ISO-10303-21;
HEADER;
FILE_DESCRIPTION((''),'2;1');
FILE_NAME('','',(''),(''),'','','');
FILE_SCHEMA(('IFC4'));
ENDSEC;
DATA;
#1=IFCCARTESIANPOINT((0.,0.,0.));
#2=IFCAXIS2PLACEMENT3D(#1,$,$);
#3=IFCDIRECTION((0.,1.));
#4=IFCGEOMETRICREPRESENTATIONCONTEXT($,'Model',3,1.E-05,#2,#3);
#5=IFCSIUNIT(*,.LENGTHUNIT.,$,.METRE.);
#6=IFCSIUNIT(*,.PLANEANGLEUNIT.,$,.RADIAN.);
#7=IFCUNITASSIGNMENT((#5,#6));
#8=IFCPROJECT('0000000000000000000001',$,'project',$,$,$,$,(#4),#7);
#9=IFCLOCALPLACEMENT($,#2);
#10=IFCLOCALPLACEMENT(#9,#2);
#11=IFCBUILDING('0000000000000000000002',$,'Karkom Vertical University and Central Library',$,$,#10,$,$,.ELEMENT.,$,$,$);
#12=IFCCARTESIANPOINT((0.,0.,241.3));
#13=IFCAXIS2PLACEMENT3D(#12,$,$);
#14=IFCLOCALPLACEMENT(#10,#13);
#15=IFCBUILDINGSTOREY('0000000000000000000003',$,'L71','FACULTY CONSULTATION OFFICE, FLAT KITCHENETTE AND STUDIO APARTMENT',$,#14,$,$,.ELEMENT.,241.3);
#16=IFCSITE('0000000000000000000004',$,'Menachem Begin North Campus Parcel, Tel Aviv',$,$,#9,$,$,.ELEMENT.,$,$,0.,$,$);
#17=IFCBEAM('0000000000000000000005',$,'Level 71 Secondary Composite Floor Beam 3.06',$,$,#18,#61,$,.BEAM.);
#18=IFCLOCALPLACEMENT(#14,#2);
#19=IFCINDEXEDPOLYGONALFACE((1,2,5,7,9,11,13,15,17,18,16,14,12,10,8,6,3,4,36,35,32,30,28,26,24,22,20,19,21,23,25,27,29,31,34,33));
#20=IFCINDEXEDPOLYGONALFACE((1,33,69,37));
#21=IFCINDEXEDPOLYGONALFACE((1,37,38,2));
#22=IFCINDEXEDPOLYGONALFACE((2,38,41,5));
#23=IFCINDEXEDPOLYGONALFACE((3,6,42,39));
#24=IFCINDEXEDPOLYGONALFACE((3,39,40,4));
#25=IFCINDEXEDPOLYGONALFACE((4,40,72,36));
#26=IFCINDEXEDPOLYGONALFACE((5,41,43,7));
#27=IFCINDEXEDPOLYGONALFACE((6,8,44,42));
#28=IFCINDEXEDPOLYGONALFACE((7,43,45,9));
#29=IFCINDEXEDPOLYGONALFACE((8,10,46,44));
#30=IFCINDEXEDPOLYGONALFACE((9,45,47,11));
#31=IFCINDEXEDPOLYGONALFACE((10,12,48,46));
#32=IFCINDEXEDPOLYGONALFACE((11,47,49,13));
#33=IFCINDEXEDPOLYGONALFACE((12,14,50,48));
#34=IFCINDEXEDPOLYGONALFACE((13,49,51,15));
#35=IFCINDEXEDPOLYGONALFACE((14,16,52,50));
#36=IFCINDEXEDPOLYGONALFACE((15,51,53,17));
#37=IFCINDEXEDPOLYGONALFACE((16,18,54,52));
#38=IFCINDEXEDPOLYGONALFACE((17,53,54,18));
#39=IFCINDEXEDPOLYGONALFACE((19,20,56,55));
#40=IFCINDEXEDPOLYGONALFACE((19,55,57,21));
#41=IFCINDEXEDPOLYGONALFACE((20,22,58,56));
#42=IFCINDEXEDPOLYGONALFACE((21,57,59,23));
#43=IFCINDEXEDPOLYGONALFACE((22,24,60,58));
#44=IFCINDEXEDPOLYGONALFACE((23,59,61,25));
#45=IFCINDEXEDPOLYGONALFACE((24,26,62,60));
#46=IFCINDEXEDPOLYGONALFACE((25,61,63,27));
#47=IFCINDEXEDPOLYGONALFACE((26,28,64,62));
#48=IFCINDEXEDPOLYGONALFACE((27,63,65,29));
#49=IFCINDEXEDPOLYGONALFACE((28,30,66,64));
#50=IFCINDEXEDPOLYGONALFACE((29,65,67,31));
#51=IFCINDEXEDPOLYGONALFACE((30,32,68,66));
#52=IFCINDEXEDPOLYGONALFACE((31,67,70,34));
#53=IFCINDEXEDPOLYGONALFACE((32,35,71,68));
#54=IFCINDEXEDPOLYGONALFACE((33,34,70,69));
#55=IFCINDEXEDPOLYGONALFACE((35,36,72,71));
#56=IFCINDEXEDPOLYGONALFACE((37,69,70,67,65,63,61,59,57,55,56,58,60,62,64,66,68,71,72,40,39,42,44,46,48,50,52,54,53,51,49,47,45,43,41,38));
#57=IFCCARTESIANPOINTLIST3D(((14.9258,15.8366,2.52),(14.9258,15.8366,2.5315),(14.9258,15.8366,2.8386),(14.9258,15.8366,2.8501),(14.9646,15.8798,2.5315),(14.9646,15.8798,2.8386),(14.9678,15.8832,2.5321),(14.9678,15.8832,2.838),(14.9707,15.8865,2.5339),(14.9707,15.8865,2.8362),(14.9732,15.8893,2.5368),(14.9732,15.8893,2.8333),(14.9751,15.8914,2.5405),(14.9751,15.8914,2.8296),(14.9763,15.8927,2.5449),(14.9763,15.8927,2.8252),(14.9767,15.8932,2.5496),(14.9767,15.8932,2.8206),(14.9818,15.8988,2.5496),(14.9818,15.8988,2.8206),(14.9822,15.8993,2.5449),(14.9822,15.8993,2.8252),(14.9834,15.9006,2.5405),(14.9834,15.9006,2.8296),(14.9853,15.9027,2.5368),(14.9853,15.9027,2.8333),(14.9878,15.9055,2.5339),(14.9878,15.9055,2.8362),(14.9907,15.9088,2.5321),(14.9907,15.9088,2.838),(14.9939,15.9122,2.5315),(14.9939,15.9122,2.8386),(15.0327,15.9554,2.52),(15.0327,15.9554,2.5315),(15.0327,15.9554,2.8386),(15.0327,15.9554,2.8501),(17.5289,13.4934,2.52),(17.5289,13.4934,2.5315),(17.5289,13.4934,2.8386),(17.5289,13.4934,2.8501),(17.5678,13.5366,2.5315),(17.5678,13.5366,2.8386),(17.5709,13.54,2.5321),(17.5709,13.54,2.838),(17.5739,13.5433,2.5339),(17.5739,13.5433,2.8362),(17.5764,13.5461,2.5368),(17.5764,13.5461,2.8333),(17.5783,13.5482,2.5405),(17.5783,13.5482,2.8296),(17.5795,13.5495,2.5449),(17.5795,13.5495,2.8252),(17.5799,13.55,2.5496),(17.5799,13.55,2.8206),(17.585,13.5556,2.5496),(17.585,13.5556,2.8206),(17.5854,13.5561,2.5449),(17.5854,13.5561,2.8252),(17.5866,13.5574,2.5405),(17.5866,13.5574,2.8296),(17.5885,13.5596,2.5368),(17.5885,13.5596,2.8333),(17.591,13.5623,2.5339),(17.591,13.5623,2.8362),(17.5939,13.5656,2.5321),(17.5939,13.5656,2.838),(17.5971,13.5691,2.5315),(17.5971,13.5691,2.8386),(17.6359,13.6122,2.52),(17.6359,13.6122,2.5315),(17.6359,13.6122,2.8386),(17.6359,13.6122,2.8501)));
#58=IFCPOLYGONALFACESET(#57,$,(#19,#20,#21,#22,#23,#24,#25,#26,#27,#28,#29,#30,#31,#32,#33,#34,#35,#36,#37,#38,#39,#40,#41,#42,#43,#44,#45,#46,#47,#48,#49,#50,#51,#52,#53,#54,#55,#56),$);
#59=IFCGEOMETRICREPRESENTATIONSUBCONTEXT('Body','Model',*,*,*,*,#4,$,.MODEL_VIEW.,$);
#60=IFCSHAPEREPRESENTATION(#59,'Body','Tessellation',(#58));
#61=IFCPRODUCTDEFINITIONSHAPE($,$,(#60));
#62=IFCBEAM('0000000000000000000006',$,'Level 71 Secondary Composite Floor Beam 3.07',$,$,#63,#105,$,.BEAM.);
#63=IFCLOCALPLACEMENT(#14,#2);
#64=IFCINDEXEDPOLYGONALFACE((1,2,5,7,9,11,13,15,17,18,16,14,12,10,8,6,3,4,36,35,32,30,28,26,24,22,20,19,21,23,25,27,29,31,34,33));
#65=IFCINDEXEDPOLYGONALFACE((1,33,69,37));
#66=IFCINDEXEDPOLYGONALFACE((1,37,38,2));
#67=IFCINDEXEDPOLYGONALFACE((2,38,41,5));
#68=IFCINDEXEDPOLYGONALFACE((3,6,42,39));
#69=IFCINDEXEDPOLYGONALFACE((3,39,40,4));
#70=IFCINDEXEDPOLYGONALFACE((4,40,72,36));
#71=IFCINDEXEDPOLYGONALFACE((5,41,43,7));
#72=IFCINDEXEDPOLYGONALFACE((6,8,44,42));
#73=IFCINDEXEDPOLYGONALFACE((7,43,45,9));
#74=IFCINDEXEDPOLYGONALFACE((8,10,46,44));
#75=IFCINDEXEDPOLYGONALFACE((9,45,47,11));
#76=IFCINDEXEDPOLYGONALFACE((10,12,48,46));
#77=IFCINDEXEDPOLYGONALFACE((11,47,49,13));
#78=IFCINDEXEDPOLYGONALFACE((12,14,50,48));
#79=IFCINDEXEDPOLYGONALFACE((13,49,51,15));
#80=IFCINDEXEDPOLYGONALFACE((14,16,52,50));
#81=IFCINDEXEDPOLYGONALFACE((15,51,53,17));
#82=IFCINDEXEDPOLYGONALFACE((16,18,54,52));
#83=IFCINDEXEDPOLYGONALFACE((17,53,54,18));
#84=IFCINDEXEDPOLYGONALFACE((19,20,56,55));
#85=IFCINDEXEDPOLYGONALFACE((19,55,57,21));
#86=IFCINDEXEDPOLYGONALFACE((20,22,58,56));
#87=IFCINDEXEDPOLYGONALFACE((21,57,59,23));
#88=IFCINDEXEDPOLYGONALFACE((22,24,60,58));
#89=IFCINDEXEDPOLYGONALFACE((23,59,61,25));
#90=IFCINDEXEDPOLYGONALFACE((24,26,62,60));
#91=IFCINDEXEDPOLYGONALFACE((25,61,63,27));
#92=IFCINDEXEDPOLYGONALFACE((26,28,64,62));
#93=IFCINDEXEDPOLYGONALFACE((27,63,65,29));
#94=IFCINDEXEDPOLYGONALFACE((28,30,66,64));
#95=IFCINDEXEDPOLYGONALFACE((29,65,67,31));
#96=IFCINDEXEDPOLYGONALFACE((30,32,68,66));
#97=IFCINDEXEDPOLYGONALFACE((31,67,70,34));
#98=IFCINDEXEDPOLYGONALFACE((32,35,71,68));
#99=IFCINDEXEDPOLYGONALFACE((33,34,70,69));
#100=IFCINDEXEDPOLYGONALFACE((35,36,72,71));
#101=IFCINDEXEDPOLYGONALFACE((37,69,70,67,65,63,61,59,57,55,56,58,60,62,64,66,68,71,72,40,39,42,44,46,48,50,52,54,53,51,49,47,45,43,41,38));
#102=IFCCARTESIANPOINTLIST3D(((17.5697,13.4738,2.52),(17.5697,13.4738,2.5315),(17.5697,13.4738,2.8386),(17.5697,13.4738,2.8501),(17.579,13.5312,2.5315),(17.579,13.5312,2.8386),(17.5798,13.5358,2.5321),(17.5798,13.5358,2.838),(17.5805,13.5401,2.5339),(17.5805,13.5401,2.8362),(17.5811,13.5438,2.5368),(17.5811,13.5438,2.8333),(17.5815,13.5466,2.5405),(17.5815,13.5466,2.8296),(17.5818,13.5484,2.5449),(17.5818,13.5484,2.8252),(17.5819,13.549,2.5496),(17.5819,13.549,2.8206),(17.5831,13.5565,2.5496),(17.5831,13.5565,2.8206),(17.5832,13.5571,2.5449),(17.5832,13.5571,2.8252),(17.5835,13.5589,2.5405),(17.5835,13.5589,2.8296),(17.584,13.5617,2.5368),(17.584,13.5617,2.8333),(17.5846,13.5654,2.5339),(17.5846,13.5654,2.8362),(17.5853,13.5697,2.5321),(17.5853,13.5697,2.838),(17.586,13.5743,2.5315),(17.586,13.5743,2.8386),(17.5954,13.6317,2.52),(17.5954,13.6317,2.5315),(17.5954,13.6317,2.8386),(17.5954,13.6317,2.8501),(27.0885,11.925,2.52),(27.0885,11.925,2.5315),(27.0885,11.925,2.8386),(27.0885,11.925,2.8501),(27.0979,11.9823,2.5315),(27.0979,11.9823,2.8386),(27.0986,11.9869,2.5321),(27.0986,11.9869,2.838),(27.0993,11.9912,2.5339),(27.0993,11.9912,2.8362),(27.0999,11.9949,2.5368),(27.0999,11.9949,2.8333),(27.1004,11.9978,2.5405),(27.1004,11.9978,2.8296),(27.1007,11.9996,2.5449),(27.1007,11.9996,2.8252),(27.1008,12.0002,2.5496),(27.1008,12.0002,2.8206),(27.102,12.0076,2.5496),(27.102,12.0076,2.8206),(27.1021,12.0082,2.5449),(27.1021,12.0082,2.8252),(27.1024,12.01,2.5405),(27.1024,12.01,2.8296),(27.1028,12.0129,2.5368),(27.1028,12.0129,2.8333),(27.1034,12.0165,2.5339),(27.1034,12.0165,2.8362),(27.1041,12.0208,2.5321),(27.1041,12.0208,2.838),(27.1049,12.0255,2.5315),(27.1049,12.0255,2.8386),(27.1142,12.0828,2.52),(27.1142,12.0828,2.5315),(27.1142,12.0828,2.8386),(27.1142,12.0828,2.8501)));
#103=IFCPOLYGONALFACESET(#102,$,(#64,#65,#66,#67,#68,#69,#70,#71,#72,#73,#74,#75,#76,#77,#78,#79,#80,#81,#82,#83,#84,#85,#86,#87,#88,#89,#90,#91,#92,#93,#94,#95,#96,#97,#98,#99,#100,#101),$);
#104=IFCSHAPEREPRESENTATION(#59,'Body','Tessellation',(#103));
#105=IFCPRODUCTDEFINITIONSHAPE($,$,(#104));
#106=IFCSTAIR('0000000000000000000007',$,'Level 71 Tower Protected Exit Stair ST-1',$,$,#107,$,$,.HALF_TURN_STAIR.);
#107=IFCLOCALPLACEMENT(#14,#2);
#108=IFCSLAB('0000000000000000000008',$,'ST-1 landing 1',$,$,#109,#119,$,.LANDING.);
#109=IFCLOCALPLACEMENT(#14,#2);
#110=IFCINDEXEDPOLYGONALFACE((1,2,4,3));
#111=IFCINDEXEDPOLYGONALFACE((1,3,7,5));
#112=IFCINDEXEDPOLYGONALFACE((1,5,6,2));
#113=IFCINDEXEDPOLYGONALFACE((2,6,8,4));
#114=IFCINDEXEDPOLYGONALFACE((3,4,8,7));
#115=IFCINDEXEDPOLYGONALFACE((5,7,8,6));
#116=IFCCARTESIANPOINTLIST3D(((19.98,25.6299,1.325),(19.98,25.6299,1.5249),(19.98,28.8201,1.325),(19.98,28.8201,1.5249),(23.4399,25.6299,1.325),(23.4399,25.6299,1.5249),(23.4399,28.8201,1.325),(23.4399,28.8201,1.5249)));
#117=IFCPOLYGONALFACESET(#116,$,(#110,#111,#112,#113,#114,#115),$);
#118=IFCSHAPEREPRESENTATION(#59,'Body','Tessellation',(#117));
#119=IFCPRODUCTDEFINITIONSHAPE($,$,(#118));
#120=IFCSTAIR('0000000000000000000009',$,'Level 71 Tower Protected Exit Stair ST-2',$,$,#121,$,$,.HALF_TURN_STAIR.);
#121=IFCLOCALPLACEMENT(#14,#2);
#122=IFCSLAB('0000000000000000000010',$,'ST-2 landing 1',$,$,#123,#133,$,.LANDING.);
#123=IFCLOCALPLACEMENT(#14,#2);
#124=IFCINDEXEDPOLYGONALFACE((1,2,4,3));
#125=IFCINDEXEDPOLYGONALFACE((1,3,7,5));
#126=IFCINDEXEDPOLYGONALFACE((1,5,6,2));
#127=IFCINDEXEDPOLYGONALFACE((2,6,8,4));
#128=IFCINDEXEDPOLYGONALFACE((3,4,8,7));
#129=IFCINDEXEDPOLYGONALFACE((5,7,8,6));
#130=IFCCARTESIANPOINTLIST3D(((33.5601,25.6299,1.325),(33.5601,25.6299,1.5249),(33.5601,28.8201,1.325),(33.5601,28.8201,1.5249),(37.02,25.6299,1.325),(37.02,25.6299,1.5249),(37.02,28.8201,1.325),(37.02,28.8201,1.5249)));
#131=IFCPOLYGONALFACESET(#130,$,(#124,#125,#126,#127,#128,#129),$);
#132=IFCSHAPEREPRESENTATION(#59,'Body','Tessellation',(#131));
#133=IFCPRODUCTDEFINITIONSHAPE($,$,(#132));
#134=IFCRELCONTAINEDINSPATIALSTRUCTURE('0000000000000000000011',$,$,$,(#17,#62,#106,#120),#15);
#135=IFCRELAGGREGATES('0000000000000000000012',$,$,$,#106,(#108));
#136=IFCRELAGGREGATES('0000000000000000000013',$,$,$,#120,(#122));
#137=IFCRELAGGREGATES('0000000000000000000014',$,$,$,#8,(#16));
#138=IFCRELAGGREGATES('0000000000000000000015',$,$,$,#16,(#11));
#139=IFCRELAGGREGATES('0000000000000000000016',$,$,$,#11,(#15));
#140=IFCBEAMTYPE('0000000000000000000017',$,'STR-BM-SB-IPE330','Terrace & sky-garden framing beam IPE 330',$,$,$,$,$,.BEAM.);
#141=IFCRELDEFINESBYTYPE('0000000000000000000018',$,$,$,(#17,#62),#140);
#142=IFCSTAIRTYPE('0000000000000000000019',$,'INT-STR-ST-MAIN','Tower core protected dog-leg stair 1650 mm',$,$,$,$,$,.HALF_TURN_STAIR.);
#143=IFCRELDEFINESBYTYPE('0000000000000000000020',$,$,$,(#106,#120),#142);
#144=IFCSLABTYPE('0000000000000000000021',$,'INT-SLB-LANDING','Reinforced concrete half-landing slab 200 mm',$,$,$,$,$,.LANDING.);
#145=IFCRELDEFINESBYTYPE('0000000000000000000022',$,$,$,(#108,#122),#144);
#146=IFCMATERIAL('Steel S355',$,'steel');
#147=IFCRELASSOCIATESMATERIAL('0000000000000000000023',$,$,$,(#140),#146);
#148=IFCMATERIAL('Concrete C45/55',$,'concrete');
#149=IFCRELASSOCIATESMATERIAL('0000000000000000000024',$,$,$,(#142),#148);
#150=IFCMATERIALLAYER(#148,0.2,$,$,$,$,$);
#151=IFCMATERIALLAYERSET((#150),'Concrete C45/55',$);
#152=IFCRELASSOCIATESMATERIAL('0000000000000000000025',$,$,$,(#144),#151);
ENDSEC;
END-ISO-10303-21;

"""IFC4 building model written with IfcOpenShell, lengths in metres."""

from ifc_helpers import new_model, si_unit, direction, frame, origin, origin_with_axes, origin_2d, place, context, subcontext, project, spatial, polyline, i_section, outline, extrude, source, transform, mapped, material, layer, layer_set, material_profile, profile_set, type_object, element, aggregate, save


model = new_model("IFC4")

# Units and contexts
model_context = context("Model", 3, precision=1e-05, world=origin(), true_north=direction((0.0, 1.0)))
body_context = subcontext(model_context, "Body", "Model", "MODEL_VIEW")
ifc_project = project(units=[si_unit("LENGTHUNIT", "METRE"), si_unit("PLANEANGLEUNIT", "RADIAN")], contexts=[model_context])

# Site, building, storey
site_placement = place(None, origin())
site = spatial("IfcSite", under=ifc_project, at=site_placement, Name="Menachem Begin North Campus Parcel, Tel Aviv", CompositionType="ELEMENT", RefElevation=0.0)
building_placement = place(site_placement, origin())
building = spatial("IfcBuilding", under=site, at=building_placement, Name="Karkom Vertical University and Central Library", CompositionType="ELEMENT")
storey_placement = place(building_placement, frame((0.0, 0.0, 241.3)))
storey = spatial("IfcBuildingStorey", under=building, at=storey_placement, Name="L71", Description="FACULTY CONSULTATION OFFICE, FLAT KITCHENETTE AND STUDIO APARTMENT", CompositionType="ELEMENT", Elevation=241.3)

# Shared definitions
ifc_material_1 = material(Name="Concrete C45/55", Category="concrete")

# Beams
ifc_material_2 = material(Name="Steel S355", Category="steel")
ifc_material_profile_1 = material_profile(ifc_material_2, i_section(OverallWidth=0.1599, OverallDepth=0.3301, WebThickness=0.0076, FlangeThickness=0.0115, FilletRadius=0.0181, at=origin_2d()), Name="IPE 330")
ifc_profile_set_1 = profile_set([ifc_material_profile_1], Name="Steel S355")
beam_type_1 = type_object("IfcBeamType", Name="STR-BM-SB-IPE330", Description="Terrace & sky-garden framing beam IPE 330", PredefinedType="BEAM", material=ifc_profile_set_1)
shared_shape_1 = source(origin_with_axes(), body_context, "Body", "SweptSolid", [
    extrude(i_section(OverallWidth=0.1599, OverallDepth=0.3301, WebThickness=0.0076, FlangeThickness=0.0115, FilletRadius=0.0181, at=origin_2d()), origin(), (0.0, 0.0, 1.0), 3.5024),
])
beam_1_placement = place(storey_placement, frame((14.9792, 15.896, 2.6851), z_axis=(0.743249, -0.669015, 0.0), x_axis=(0.669015, 0.743249, 0.0)))
element("IfcBeam", 1, at=beam_1_placement, inside=storey, type_object=beam_type_1, Name="Level 71 Secondary Composite Floor Beam 3.06", PredefinedType="BEAM", context=body_context, shape_type="MappedRepresentation", body=[
    mapped(shared_shape_1, transform((0.0, 0.0, 0.0), scale=1.0)),
])
shared_shape_2 = source(origin_with_axes(), body_context, "Body", "SweptSolid", [
    extrude(i_section(OverallWidth=0.1599, OverallDepth=0.3301, WebThickness=0.0076, FlangeThickness=0.0115, FilletRadius=0.0181, at=origin_2d()), origin(), (0.0, 0.0, 1.0), 9.644),
])
beam_2_placement = place(storey_placement, frame((17.5825, 13.5527, 2.6851), z_axis=(0.987019, -0.1606, 0.0), x_axis=(0.1606, 0.987019, 0.0)))
element("IfcBeam", 2, at=beam_2_placement, inside=storey, type_object=beam_type_1, Name="Level 71 Secondary Composite Floor Beam 3.07", PredefinedType="BEAM", context=body_context, shape_type="MappedRepresentation", body=[
    mapped(shared_shape_2, transform((0.0, 0.0, 0.0), scale=1.0)),
])

# Stairs, slabs
stair_type = type_object("IfcStairType", Name="INT-STR-ST-MAIN", Description="Tower core protected dog-leg stair 1650 mm", PredefinedType="HALF_TURN_STAIR", material=ifc_material_1)
stair_1_placement = place(storey_placement, origin())
stair_1 = element("IfcStair", 3, at=stair_1_placement, inside=storey, type_object=stair_type, Name="Level 71 Tower Protected Exit Stair ST-1", PredefinedType="HALF_TURN_STAIR")
ifc_layer_1 = layer(ifc_material_1, 0.2)
ifc_layer_set_1 = layer_set([ifc_layer_1], Name="Concrete C45/55")
slab_type_1 = type_object("IfcSlabType", Name="INT-SLB-LANDING", Description="Reinforced concrete half-landing slab 200 mm", PredefinedType="LANDING", material=ifc_layer_set_1)
slab_1_placement = place(storey_placement, frame((0.0, 0.0, 1.325)))
slab_1 = element("IfcSlab", 4, at=slab_1_placement, type_object=slab_type_1, Name="ST-1 landing 1", PredefinedType="LANDING", context=body_context, shape_type="SweptSolid", body=[
    extrude(outline(polyline([(23.4399, 25.6299), (23.4399, 28.8201), (19.98, 28.8201), (19.98, 25.6299), (23.4399, 25.6299)])), origin(), (0.0, 0.0, 1.0), 0.2),
])
aggregate(stair_1, [slab_1])
stair_2_placement = place(storey_placement, origin())
stair_2 = element("IfcStair", 5, at=stair_2_placement, inside=storey, type_object=stair_type, Name="Level 71 Tower Protected Exit Stair ST-2", PredefinedType="HALF_TURN_STAIR")
slab_2_placement = place(storey_placement, frame((0.0, 0.0, 1.325)))
slab_2 = element("IfcSlab", 6, at=slab_2_placement, type_object=slab_type_1, Name="ST-2 landing 1", PredefinedType="LANDING", context=body_context, shape_type="SweptSolid", body=[
    extrude(outline(polyline([(37.02, 25.6299), (37.02, 28.8201), (33.5601, 28.8201), (33.5601, 25.6299), (37.02, 25.6299)])), origin(), (0.0, 0.0, 1.0), 0.2),
])
aggregate(stair_2, [slab_2])

save(model, "model.ifc")
